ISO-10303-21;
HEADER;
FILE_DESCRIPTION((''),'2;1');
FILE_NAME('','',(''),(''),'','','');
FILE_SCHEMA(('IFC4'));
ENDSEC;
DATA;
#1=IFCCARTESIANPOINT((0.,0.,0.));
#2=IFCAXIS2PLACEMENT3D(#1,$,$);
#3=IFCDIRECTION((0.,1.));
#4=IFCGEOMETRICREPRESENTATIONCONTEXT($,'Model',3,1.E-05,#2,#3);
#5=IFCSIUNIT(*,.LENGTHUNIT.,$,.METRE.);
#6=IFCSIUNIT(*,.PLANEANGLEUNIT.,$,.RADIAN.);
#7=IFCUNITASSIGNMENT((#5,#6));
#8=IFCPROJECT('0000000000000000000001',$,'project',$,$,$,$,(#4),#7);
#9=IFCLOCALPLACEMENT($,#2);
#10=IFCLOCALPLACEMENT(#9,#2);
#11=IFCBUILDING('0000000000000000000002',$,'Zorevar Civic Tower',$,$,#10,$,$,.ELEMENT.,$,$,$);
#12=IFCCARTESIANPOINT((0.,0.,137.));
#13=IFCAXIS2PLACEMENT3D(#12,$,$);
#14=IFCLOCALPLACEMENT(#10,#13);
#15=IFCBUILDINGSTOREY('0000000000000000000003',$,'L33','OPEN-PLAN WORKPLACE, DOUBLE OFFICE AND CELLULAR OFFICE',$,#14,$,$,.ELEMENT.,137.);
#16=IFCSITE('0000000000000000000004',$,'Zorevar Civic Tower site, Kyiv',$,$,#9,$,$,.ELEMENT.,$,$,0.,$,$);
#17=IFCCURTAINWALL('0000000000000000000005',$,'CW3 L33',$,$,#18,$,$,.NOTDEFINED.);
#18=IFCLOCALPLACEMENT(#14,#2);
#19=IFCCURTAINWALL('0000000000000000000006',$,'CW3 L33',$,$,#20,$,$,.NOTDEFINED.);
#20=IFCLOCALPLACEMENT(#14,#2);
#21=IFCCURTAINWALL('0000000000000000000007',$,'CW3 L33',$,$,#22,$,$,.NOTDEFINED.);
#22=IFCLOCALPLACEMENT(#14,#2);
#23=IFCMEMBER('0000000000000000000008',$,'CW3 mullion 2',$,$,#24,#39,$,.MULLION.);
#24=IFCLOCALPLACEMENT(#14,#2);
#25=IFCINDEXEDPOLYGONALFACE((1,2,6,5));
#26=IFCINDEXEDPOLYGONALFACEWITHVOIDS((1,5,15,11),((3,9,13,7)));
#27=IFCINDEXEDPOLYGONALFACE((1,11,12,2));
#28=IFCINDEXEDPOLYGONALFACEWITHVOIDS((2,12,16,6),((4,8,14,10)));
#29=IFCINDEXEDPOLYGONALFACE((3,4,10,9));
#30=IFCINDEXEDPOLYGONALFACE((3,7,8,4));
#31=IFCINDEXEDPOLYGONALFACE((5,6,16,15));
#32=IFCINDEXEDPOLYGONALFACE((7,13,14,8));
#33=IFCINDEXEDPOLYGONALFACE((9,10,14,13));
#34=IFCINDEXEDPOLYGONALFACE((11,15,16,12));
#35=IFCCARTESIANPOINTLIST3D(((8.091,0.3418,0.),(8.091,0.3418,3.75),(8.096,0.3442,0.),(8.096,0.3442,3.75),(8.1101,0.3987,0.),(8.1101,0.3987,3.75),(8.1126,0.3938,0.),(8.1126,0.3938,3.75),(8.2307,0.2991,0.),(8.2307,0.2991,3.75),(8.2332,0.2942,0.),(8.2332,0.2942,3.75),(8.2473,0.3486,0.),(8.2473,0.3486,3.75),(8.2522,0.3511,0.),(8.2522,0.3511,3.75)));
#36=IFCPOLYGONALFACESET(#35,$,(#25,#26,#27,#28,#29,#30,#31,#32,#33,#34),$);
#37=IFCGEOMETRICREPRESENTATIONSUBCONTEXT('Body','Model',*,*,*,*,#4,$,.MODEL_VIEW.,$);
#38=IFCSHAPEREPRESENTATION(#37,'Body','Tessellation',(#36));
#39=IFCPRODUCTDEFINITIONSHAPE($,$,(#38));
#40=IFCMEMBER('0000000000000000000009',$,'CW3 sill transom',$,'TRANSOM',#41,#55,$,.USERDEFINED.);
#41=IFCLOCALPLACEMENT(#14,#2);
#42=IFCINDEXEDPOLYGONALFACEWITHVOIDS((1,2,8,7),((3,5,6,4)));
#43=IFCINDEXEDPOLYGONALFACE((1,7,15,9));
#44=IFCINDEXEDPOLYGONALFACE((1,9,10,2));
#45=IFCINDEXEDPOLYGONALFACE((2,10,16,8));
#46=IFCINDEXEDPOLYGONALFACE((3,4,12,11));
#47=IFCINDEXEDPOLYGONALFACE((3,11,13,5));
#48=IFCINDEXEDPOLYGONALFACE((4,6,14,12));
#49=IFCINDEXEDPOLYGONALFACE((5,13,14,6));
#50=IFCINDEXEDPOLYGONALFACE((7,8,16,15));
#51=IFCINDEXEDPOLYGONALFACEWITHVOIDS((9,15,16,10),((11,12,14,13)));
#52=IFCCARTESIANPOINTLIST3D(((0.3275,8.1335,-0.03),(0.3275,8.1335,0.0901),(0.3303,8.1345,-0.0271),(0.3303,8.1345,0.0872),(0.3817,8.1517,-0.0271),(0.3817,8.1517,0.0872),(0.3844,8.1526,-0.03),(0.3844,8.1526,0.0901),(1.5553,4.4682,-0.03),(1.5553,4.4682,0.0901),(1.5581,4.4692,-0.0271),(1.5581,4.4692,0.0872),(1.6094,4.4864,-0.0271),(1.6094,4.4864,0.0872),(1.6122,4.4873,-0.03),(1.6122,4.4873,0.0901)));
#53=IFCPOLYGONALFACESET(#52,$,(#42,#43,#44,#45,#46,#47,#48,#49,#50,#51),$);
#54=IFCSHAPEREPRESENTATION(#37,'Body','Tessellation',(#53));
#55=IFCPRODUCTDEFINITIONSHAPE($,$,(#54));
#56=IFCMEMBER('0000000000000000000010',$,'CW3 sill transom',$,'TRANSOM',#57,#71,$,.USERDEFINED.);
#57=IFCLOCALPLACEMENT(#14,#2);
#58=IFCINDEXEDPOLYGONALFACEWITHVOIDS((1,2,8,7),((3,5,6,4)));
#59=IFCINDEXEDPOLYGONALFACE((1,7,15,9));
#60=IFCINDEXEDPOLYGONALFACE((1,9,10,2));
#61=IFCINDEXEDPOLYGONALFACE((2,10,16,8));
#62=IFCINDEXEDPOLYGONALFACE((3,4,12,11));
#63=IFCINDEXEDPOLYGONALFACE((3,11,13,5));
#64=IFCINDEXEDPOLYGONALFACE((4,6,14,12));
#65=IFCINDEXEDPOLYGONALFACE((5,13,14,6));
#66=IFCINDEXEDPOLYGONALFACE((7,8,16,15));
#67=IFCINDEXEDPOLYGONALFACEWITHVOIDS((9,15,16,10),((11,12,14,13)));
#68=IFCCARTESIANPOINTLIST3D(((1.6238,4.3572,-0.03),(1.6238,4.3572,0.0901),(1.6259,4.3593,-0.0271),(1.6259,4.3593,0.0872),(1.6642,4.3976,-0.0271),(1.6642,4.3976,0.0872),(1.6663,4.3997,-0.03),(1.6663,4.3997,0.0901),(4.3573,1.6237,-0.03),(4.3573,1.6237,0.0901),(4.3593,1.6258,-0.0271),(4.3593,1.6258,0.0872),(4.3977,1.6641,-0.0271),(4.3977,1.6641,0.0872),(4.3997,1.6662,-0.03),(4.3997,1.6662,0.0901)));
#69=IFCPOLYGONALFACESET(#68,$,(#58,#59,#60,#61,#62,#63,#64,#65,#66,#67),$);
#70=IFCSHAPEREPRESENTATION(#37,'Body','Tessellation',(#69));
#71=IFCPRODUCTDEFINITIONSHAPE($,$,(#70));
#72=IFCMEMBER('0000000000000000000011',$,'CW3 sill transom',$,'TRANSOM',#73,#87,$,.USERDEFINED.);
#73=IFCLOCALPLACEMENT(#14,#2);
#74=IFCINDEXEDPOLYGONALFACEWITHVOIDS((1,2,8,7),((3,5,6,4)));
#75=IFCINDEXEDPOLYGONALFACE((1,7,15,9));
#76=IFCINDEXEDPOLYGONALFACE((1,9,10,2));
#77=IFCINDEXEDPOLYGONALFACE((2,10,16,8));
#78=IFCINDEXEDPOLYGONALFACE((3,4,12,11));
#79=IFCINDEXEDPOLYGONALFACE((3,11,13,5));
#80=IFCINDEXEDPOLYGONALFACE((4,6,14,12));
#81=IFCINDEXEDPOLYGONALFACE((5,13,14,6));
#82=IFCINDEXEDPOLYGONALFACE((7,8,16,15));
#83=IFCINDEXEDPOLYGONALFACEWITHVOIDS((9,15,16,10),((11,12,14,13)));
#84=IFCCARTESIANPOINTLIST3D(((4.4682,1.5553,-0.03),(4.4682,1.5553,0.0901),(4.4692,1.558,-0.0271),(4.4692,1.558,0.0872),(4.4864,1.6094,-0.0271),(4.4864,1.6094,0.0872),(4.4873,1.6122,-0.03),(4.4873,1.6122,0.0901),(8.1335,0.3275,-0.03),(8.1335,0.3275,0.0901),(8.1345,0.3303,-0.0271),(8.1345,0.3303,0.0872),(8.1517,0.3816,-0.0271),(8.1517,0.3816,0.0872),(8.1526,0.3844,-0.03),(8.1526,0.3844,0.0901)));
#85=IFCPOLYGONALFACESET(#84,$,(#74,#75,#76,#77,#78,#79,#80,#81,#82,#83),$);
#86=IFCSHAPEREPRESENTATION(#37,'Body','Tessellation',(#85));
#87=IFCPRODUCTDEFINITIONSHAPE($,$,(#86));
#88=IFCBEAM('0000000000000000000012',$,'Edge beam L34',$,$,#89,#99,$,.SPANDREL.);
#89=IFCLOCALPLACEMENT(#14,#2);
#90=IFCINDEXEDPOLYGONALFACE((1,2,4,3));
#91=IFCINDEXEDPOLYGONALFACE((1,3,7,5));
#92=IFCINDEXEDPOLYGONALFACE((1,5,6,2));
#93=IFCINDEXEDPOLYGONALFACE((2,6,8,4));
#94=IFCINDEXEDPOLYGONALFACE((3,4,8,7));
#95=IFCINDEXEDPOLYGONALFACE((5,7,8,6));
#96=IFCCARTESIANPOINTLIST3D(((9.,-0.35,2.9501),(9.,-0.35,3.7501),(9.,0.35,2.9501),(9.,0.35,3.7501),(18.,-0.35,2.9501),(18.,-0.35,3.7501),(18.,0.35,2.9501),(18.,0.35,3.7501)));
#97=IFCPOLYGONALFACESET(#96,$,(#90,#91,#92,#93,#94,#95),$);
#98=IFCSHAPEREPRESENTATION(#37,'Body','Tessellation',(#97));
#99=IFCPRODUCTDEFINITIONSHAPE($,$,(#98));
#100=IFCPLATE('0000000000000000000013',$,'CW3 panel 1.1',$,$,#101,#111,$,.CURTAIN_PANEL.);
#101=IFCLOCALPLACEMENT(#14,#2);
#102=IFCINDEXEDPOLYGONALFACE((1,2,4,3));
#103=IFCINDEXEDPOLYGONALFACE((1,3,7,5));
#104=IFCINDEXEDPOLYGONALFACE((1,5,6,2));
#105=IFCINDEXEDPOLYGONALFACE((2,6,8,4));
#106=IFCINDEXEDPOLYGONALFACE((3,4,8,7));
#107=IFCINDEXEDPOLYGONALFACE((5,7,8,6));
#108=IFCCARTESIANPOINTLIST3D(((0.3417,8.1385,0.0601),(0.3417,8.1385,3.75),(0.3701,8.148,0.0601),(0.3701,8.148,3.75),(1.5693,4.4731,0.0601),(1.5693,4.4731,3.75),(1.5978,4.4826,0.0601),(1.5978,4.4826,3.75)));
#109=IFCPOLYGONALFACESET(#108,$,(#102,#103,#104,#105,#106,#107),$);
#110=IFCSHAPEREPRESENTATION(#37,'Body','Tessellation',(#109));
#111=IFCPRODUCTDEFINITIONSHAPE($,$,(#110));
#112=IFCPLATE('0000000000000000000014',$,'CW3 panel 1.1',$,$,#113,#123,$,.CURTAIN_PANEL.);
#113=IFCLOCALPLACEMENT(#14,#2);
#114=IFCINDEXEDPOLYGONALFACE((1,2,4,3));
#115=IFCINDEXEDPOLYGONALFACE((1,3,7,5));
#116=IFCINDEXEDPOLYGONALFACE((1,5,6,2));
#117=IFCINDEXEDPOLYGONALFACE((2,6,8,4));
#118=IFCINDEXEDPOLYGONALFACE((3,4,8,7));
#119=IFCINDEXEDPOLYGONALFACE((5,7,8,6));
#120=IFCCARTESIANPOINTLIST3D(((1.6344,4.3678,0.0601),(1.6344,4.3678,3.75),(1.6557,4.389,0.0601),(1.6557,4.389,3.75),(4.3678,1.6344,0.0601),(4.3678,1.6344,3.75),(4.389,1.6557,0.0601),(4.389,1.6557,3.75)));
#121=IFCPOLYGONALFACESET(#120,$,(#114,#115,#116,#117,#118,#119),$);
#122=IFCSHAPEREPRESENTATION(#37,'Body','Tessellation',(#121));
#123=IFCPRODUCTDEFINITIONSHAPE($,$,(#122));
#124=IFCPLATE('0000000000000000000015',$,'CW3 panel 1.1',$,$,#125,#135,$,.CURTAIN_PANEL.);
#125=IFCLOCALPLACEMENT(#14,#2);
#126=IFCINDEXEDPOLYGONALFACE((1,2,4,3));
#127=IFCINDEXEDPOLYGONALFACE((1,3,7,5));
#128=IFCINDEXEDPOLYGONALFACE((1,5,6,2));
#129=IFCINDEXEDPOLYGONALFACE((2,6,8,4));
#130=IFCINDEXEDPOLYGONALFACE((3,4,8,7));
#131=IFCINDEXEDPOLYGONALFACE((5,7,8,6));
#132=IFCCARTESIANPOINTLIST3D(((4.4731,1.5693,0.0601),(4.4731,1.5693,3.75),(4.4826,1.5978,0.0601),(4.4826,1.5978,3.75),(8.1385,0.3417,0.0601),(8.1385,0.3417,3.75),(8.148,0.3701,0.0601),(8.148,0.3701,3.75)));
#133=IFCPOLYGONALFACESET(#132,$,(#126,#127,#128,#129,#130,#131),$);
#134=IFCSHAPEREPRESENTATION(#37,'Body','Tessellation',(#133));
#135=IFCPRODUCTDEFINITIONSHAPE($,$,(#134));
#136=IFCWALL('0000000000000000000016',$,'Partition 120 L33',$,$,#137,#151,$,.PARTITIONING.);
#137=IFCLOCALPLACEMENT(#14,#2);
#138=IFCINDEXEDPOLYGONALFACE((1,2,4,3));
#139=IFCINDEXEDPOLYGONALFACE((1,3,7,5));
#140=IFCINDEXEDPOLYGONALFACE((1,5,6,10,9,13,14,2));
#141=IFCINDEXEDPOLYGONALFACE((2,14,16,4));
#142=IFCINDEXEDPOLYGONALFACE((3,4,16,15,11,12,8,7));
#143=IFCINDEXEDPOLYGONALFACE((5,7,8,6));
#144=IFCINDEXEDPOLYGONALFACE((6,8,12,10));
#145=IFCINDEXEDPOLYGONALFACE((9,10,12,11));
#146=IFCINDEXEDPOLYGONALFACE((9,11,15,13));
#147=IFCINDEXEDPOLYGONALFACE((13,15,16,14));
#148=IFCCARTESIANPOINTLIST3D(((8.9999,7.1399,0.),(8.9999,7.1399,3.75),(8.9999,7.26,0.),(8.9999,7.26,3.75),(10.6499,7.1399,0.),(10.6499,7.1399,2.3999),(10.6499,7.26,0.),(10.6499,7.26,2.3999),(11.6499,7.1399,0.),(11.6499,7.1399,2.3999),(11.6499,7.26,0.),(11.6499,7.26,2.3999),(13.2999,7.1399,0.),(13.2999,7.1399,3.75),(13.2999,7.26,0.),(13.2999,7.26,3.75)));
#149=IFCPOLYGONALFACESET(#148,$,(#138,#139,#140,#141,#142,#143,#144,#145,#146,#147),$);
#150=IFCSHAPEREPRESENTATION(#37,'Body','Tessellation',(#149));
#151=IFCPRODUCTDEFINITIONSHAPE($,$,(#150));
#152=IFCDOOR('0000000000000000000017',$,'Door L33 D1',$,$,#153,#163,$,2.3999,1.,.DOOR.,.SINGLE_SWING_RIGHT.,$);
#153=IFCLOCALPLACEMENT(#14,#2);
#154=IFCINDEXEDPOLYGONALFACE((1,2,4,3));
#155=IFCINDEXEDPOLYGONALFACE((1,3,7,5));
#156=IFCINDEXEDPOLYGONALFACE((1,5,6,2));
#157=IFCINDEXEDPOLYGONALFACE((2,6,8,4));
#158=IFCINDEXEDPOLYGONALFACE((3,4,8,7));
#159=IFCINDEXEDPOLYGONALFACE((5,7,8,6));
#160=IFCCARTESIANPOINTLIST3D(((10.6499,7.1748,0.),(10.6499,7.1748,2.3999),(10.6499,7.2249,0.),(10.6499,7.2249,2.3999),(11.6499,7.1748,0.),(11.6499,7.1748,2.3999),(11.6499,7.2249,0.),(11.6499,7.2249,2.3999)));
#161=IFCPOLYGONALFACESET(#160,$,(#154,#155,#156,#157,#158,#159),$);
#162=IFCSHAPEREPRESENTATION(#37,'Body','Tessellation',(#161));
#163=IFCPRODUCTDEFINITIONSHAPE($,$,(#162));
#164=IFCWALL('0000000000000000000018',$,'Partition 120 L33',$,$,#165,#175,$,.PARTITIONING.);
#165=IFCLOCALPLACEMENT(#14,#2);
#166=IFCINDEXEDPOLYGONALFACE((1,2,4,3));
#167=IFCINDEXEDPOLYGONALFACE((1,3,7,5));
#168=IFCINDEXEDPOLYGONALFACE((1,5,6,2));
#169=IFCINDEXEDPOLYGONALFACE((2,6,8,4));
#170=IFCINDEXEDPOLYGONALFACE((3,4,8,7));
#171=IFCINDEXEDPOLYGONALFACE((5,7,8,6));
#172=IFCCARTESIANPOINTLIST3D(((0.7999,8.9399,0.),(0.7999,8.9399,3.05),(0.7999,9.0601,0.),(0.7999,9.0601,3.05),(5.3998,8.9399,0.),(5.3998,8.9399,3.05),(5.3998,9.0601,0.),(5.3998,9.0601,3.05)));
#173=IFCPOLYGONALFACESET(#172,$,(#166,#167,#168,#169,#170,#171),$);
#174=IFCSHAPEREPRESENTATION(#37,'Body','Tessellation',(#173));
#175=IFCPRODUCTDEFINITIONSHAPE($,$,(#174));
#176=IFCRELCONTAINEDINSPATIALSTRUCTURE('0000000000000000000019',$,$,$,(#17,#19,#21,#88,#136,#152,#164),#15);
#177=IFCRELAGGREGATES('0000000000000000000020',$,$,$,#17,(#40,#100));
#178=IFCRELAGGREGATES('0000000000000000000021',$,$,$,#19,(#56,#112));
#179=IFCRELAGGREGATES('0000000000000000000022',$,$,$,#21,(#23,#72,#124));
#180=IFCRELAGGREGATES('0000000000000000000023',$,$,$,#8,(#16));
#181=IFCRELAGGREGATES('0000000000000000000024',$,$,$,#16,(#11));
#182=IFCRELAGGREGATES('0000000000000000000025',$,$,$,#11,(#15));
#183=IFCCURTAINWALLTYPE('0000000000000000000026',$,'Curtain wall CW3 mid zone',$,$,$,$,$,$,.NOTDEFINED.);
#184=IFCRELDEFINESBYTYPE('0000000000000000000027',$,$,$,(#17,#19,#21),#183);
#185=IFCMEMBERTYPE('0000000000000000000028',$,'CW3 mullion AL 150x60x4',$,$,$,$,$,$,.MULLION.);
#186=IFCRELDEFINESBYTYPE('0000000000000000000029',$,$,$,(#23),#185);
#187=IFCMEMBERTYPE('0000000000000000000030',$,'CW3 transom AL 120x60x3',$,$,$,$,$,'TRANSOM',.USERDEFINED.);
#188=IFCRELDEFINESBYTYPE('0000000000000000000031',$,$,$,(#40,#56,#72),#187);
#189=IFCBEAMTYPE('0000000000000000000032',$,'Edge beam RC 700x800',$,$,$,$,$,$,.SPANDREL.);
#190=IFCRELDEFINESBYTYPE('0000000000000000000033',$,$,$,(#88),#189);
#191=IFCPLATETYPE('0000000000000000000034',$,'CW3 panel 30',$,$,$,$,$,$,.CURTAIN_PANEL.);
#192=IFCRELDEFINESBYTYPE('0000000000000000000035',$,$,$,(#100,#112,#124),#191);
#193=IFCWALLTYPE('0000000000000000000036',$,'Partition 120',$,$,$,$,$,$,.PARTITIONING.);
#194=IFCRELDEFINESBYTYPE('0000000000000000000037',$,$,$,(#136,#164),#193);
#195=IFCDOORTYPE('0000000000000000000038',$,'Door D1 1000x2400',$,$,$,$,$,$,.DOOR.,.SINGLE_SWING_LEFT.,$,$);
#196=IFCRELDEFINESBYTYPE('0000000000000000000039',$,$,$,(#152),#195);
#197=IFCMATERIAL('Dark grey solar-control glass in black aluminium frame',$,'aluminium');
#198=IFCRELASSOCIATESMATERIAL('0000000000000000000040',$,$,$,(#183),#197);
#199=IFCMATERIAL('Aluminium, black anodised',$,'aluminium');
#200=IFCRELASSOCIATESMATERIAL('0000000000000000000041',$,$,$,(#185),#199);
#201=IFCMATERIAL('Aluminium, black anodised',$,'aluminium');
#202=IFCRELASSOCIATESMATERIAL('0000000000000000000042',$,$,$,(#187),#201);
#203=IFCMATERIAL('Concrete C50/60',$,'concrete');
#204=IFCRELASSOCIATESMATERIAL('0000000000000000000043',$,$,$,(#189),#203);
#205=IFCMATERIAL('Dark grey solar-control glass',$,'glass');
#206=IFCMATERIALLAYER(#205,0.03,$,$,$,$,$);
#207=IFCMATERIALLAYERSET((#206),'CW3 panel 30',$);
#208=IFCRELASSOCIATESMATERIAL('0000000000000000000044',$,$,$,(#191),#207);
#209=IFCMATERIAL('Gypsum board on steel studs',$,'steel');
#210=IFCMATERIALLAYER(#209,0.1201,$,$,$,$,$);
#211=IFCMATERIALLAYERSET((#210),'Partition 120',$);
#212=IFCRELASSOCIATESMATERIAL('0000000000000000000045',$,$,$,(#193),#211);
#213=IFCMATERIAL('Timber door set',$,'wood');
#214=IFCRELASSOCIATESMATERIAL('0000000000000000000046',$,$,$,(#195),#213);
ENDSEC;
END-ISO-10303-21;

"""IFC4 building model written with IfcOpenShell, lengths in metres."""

from ifc_helpers import new_model, si_unit, direction, frame, frame_2d, origin, origin_2d, place, context, subcontext, project, spatial, rectangle, hollow_rectangle, extrude, material, layer, layer_set, material_profile, profile_set, type_object, element, fill, aggregate, save


model = new_model("IFC4")

# Units and contexts
model_context = context("Model", 3, precision=1e-05, world=origin(), true_north=direction((0.0, 1.0)))
body_context = subcontext(model_context, "Body", "Model", "MODEL_VIEW")
ifc_project = project(units=[si_unit("LENGTHUNIT", "METRE"), si_unit("PLANEANGLEUNIT", "RADIAN")], contexts=[model_context])

# Site, building, storey
site_placement = place(None, origin())
site = spatial("IfcSite", under=ifc_project, at=site_placement, Name="Zorevar Civic Tower site, Kyiv", CompositionType="ELEMENT", RefElevation=0.0)
building_placement = place(site_placement, origin())
building = spatial("IfcBuilding", under=site, at=building_placement, Name="Zorevar Civic Tower", CompositionType="ELEMENT")
storey_placement = place(building_placement, frame((0.0, 0.0, 137.0)))
storey = spatial("IfcBuildingStorey", under=building, at=storey_placement, Name="L33", Description="OPEN-PLAN WORKPLACE, DOUBLE OFFICE AND CELLULAR OFFICE", CompositionType="ELEMENT", Elevation=137.0)

# Curtain wall
ifc_material_1 = material(Name="Dark grey solar-control glass in black aluminium frame", Category="aluminium")
curtain_wall_type = type_object("IfcCurtainWallType", Name="Curtain wall CW3 mid zone", PredefinedType="NOTDEFINED", material=ifc_material_1)
curtain_wall_1_placement = place(storey_placement, origin())
curtain_wall_1 = element("IfcCurtainWall", 1, at=curtain_wall_1_placement, inside=storey, type_object=curtain_wall_type, Name="CW3 L33", PredefinedType="NOTDEFINED")
ifc_material_2 = material(Name="Aluminium, black anodised", Category="aluminium")
ifc_material_profile_1 = material_profile(ifc_material_2, hollow_rectangle(XDim=0.0601, YDim=0.1499, WallThickness=0.0039, at=origin_2d()), Name="AL 150x60x4")
ifc_profile_set_1 = profile_set([ifc_material_profile_1], Name="Aluminium, black anodised")
member_type_1 = type_object("IfcMemberType", Name="CW3 mullion AL 150x60x4", PredefinedType="MULLION", material=ifc_profile_set_1)

# Curtain walls, member
curtain_wall_2_placement = place(storey_placement, origin())
curtain_wall_2 = element("IfcCurtainWall", 2, at=curtain_wall_2_placement, inside=storey, type_object=curtain_wall_type, Name="CW3 L33", PredefinedType="NOTDEFINED")
curtain_wall_3_placement = place(storey_placement, origin())
curtain_wall_3 = element("IfcCurtainWall", 3, at=curtain_wall_3_placement, inside=storey, type_object=curtain_wall_type, Name="CW3 L33", PredefinedType="NOTDEFINED")
member_1_placement = place(storey_placement, frame((8.1716, 0.3464, 0.0), z_axis=(0.0, 0.0, 1.0), x_axis=(0.317593, 0.948227, 0.0)))
member_1 = element("IfcMember", 4, at=member_1_placement, type_object=member_type_1, Name="CW3 mullion 2", PredefinedType="MULLION", context=body_context, shape_type="SweptSolid", body=[
    extrude(hollow_rectangle(XDim=0.0601, YDim=0.1499, WallThickness=0.0039, at=origin_2d()), origin(), (0.0, 0.0, 1.0), 3.75),
])

# Members
ifc_material_3 = material(Name="Aluminium, black anodised", Category="aluminium")
ifc_material_profile_2 = material_profile(ifc_material_3, hollow_rectangle(XDim=0.0601, YDim=0.1201, WallThickness=0.0029, at=origin_2d()), Name="AL 120x60x3")
ifc_profile_set_2 = profile_set([ifc_material_profile_2], Name="Aluminium, black anodised")
member_type_2 = type_object("IfcMemberType", Name="CW3 transom AL 120x60x3", ElementType="TRANSOM", PredefinedType="USERDEFINED", material=ifc_profile_set_2)
member_2_placement = place(storey_placement, frame((0.356, 8.1431, 0.03), z_axis=(0.31763, -0.948215, 0.0), x_axis=(0.948215, 0.31763, 0.0)))
member_2 = element("IfcMember", 5, at=member_2_placement, type_object=member_type_2, Name="CW3 sill transom", ObjectType="TRANSOM", PredefinedType="USERDEFINED", context=body_context, shape_type="SweptSolid", body=[
    extrude(hollow_rectangle(XDim=0.0601, YDim=0.1201, WallThickness=0.0029, at=origin_2d()), origin(), (0.0, 0.0, 1.0), 3.8655),
])
member_3_placement = place(storey_placement, frame((1.645, 4.3784, 0.03), z_axis=(0.707107, -0.707107, 0.0), x_axis=(0.707107, 0.707107, 0.0)))
member_3 = element("IfcMember", 6, at=member_3_placement, type_object=member_type_2, Name="CW3 sill transom", ObjectType="TRANSOM", PredefinedType="USERDEFINED", context=body_context, shape_type="SweptSolid", body=[
    extrude(hollow_rectangle(XDim=0.0601, YDim=0.1201, WallThickness=0.0029, at=origin_2d()), origin(), (0.0, 0.0, 1.0), 3.8657),
])
member_4_placement = place(storey_placement, frame((4.4778, 1.5837, 0.03), z_axis=(0.948215, -0.31763, 0.0), x_axis=(0.31763, 0.948215, 0.0)))
member_4 = element("IfcMember", 7, at=member_4_placement, type_object=member_type_2, Name="CW3 sill transom", ObjectType="TRANSOM", PredefinedType="USERDEFINED", context=body_context, shape_type="SweptSolid", body=[
    extrude(hollow_rectangle(XDim=0.0601, YDim=0.1201, WallThickness=0.0029, at=origin_2d()), origin(), (0.0, 0.0, 1.0), 3.8655),
])

# Beam
ifc_material_4 = material(Name="Concrete C50/60", Category="concrete")
ifc_material_profile_3 = material_profile(ifc_material_4, rectangle(XDim=0.7, YDim=0.8, at=origin_2d()), Name="RC 700x800")
ifc_profile_set_3 = profile_set([ifc_material_profile_3], Name="Concrete C50/60")
beam_type_1 = type_object("IfcBeamType", Name="Edge beam RC 700x800", PredefinedType="SPANDREL", material=ifc_profile_set_3)
beam_1_placement = place(storey_placement, frame((9.0, 0.0, 3.3501), z_axis=(1.0, 0.0, 0.0), x_axis=(0.0, 1.0, 0.0)))
element("IfcBeam", 8, at=beam_1_placement, inside=storey, type_object=beam_type_1, Name="Edge beam L34", PredefinedType="SPANDREL", context=body_context, shape_type="SweptSolid", body=[
    extrude(rectangle(XDim=0.7, YDim=0.8, at=origin_2d()), origin(), (0.0, 0.0, 1.0), 9.0),
])

# Plates
ifc_material_5 = material(Name="Dark grey solar-control glass", Category="glass")
ifc_layer_1 = layer(ifc_material_5, 0.03)
ifc_layer_set_1 = layer_set([ifc_layer_1], Name="CW3 panel 30")
plate_type = type_object("IfcPlateType", Name="CW3 panel 30", PredefinedType="CURTAIN_PANEL", material=ifc_layer_set_1)
plate_1_placement = place(storey_placement, frame((0.9697, 6.3105, 0.0601), z_axis=(0.0, 0.0, 1.0), x_axis=(0.317593, -0.948227, 0.0)))
plate_1 = element("IfcPlate", 9, at=plate_1_placement, type_object=plate_type, Name="CW3 panel 1.1", PredefinedType="CURTAIN_PANEL", context=body_context, shape_type="SweptSolid", body=[
    extrude(rectangle(XDim=3.8655, YDim=0.03, at=origin_2d()), origin(), (0.0, 0.0, 1.0), 3.6899),
])
aggregate(curtain_wall_1, [member_2, plate_1])
plate_2_placement = place(storey_placement, frame((3.0117, 3.0117, 0.0601), z_axis=(0.0, 0.0, 1.0), x_axis=(0.707107, -0.707107, 0.0)))
plate_2 = element("IfcPlate", 10, at=plate_2_placement, type_object=plate_type, Name="CW3 panel 1.1", PredefinedType="CURTAIN_PANEL", context=body_context, shape_type="SweptSolid", body=[
    extrude(rectangle(XDim=3.8655, YDim=0.03, at=origin_2d()), origin(), (0.0, 0.0, 1.0), 3.6899),
])
aggregate(curtain_wall_2, [member_3, plate_2])
plate_3_placement = place(storey_placement, frame((6.3105, 0.9697, 0.0601), z_axis=(0.0, 0.0, 1.0), x_axis=(0.948227, -0.317593, 0.0)))
plate_3 = element("IfcPlate", 11, at=plate_3_placement, type_object=plate_type, Name="CW3 panel 1.1", PredefinedType="CURTAIN_PANEL", context=body_context, shape_type="SweptSolid", body=[
    extrude(rectangle(XDim=3.8655, YDim=0.03, at=origin_2d()), origin(), (0.0, 0.0, 1.0), 3.6899),
])
aggregate(curtain_wall_3, [member_1, member_4, plate_3])

# Wall, opening, door
ifc_material_6 = material(Name="Gypsum board on steel studs", Category="steel")
ifc_layer_2 = layer(ifc_material_6, 0.1201)
ifc_layer_set_2 = layer_set([ifc_layer_2], Name="Partition 120")
wall_type = type_object("IfcWallType", Name="Partition 120", PredefinedType="PARTITIONING", material=ifc_layer_set_2)
wall_1_placement = place(storey_placement, frame((9.0, 7.2, 0.0), z_axis=(0.0, 0.0, 1.0), x_axis=(1.0, 0.0, 0.0)))
wall_1 = element("IfcWall", 12, at=wall_1_placement, inside=storey, type_object=wall_type, Name="Partition 120 L33", PredefinedType="PARTITIONING", context=body_context, shape_type="SweptSolid", body=[
    extrude(rectangle(XDim=4.3, YDim=0.1201, at=frame_2d((2.1499, 0.0))), origin(), (0.0, 0.0, 1.0), 3.75),
])
opening_1_placement = place(wall_1_placement, frame((1.6499, 0.0, 0.0)))
opening_1 = element("IfcOpeningElement", 13, at=opening_1_placement, cuts=wall_1, PredefinedType="OPENING", context=body_context, shape_type="SweptSolid", body=[
    extrude(rectangle(XDim=1.0, YDim=2.3999, at=frame_2d((0.5, 1.2))), frame((0.0, 0.0701, 0.0), z_axis=(0.0, -1.0, 0.0), x_axis=(1.0, 0.0, 0.0)), (0.0, 0.0, 1.0), 0.1401),
])
ifc_material_7 = material(Name="Timber door set", Category="wood")
door_type = type_object("IfcDoorType", Name="Door D1 1000x2400", OperationType="SINGLE_SWING_LEFT", PredefinedType="DOOR", material=ifc_material_7)
door_1_placement = place(opening_1_placement, origin())
door_1 = element("IfcDoor", 14, at=door_1_placement, inside=storey, type_object=door_type, Name="Door L33 D1", OperationType="SINGLE_SWING_RIGHT", OverallHeight=2.3999, OverallWidth=1.0, PredefinedType="DOOR", context=body_context, shape_type="SweptSolid", body=[
    extrude(rectangle(XDim=1.0, YDim=2.3999, at=frame_2d((0.5, 1.2))), frame((0.0, 0.0249, 0.0), z_axis=(0.0, -1.0, 0.0), x_axis=(1.0, 0.0, 0.0)), (0.0, 0.0, 1.0), 0.05),
])
fill(opening_1, door_1)

# Wall
wall_2_placement = place(storey_placement, frame((0.8, 9.0, 0.0), z_axis=(0.0, 0.0, 1.0), x_axis=(1.0, 0.0, 0.0)))
element("IfcWall", 15, at=wall_2_placement, inside=storey, type_object=wall_type, Name="Partition 120 L33", PredefinedType="PARTITIONING", context=body_context, shape_type="SweptSolid", body=[
    extrude(rectangle(XDim=4.5999, YDim=0.1201, at=frame_2d((2.2998, 0.0))), origin(), (0.0, 0.0, 1.0), 3.05),
])

save(model, "model.ifc")
